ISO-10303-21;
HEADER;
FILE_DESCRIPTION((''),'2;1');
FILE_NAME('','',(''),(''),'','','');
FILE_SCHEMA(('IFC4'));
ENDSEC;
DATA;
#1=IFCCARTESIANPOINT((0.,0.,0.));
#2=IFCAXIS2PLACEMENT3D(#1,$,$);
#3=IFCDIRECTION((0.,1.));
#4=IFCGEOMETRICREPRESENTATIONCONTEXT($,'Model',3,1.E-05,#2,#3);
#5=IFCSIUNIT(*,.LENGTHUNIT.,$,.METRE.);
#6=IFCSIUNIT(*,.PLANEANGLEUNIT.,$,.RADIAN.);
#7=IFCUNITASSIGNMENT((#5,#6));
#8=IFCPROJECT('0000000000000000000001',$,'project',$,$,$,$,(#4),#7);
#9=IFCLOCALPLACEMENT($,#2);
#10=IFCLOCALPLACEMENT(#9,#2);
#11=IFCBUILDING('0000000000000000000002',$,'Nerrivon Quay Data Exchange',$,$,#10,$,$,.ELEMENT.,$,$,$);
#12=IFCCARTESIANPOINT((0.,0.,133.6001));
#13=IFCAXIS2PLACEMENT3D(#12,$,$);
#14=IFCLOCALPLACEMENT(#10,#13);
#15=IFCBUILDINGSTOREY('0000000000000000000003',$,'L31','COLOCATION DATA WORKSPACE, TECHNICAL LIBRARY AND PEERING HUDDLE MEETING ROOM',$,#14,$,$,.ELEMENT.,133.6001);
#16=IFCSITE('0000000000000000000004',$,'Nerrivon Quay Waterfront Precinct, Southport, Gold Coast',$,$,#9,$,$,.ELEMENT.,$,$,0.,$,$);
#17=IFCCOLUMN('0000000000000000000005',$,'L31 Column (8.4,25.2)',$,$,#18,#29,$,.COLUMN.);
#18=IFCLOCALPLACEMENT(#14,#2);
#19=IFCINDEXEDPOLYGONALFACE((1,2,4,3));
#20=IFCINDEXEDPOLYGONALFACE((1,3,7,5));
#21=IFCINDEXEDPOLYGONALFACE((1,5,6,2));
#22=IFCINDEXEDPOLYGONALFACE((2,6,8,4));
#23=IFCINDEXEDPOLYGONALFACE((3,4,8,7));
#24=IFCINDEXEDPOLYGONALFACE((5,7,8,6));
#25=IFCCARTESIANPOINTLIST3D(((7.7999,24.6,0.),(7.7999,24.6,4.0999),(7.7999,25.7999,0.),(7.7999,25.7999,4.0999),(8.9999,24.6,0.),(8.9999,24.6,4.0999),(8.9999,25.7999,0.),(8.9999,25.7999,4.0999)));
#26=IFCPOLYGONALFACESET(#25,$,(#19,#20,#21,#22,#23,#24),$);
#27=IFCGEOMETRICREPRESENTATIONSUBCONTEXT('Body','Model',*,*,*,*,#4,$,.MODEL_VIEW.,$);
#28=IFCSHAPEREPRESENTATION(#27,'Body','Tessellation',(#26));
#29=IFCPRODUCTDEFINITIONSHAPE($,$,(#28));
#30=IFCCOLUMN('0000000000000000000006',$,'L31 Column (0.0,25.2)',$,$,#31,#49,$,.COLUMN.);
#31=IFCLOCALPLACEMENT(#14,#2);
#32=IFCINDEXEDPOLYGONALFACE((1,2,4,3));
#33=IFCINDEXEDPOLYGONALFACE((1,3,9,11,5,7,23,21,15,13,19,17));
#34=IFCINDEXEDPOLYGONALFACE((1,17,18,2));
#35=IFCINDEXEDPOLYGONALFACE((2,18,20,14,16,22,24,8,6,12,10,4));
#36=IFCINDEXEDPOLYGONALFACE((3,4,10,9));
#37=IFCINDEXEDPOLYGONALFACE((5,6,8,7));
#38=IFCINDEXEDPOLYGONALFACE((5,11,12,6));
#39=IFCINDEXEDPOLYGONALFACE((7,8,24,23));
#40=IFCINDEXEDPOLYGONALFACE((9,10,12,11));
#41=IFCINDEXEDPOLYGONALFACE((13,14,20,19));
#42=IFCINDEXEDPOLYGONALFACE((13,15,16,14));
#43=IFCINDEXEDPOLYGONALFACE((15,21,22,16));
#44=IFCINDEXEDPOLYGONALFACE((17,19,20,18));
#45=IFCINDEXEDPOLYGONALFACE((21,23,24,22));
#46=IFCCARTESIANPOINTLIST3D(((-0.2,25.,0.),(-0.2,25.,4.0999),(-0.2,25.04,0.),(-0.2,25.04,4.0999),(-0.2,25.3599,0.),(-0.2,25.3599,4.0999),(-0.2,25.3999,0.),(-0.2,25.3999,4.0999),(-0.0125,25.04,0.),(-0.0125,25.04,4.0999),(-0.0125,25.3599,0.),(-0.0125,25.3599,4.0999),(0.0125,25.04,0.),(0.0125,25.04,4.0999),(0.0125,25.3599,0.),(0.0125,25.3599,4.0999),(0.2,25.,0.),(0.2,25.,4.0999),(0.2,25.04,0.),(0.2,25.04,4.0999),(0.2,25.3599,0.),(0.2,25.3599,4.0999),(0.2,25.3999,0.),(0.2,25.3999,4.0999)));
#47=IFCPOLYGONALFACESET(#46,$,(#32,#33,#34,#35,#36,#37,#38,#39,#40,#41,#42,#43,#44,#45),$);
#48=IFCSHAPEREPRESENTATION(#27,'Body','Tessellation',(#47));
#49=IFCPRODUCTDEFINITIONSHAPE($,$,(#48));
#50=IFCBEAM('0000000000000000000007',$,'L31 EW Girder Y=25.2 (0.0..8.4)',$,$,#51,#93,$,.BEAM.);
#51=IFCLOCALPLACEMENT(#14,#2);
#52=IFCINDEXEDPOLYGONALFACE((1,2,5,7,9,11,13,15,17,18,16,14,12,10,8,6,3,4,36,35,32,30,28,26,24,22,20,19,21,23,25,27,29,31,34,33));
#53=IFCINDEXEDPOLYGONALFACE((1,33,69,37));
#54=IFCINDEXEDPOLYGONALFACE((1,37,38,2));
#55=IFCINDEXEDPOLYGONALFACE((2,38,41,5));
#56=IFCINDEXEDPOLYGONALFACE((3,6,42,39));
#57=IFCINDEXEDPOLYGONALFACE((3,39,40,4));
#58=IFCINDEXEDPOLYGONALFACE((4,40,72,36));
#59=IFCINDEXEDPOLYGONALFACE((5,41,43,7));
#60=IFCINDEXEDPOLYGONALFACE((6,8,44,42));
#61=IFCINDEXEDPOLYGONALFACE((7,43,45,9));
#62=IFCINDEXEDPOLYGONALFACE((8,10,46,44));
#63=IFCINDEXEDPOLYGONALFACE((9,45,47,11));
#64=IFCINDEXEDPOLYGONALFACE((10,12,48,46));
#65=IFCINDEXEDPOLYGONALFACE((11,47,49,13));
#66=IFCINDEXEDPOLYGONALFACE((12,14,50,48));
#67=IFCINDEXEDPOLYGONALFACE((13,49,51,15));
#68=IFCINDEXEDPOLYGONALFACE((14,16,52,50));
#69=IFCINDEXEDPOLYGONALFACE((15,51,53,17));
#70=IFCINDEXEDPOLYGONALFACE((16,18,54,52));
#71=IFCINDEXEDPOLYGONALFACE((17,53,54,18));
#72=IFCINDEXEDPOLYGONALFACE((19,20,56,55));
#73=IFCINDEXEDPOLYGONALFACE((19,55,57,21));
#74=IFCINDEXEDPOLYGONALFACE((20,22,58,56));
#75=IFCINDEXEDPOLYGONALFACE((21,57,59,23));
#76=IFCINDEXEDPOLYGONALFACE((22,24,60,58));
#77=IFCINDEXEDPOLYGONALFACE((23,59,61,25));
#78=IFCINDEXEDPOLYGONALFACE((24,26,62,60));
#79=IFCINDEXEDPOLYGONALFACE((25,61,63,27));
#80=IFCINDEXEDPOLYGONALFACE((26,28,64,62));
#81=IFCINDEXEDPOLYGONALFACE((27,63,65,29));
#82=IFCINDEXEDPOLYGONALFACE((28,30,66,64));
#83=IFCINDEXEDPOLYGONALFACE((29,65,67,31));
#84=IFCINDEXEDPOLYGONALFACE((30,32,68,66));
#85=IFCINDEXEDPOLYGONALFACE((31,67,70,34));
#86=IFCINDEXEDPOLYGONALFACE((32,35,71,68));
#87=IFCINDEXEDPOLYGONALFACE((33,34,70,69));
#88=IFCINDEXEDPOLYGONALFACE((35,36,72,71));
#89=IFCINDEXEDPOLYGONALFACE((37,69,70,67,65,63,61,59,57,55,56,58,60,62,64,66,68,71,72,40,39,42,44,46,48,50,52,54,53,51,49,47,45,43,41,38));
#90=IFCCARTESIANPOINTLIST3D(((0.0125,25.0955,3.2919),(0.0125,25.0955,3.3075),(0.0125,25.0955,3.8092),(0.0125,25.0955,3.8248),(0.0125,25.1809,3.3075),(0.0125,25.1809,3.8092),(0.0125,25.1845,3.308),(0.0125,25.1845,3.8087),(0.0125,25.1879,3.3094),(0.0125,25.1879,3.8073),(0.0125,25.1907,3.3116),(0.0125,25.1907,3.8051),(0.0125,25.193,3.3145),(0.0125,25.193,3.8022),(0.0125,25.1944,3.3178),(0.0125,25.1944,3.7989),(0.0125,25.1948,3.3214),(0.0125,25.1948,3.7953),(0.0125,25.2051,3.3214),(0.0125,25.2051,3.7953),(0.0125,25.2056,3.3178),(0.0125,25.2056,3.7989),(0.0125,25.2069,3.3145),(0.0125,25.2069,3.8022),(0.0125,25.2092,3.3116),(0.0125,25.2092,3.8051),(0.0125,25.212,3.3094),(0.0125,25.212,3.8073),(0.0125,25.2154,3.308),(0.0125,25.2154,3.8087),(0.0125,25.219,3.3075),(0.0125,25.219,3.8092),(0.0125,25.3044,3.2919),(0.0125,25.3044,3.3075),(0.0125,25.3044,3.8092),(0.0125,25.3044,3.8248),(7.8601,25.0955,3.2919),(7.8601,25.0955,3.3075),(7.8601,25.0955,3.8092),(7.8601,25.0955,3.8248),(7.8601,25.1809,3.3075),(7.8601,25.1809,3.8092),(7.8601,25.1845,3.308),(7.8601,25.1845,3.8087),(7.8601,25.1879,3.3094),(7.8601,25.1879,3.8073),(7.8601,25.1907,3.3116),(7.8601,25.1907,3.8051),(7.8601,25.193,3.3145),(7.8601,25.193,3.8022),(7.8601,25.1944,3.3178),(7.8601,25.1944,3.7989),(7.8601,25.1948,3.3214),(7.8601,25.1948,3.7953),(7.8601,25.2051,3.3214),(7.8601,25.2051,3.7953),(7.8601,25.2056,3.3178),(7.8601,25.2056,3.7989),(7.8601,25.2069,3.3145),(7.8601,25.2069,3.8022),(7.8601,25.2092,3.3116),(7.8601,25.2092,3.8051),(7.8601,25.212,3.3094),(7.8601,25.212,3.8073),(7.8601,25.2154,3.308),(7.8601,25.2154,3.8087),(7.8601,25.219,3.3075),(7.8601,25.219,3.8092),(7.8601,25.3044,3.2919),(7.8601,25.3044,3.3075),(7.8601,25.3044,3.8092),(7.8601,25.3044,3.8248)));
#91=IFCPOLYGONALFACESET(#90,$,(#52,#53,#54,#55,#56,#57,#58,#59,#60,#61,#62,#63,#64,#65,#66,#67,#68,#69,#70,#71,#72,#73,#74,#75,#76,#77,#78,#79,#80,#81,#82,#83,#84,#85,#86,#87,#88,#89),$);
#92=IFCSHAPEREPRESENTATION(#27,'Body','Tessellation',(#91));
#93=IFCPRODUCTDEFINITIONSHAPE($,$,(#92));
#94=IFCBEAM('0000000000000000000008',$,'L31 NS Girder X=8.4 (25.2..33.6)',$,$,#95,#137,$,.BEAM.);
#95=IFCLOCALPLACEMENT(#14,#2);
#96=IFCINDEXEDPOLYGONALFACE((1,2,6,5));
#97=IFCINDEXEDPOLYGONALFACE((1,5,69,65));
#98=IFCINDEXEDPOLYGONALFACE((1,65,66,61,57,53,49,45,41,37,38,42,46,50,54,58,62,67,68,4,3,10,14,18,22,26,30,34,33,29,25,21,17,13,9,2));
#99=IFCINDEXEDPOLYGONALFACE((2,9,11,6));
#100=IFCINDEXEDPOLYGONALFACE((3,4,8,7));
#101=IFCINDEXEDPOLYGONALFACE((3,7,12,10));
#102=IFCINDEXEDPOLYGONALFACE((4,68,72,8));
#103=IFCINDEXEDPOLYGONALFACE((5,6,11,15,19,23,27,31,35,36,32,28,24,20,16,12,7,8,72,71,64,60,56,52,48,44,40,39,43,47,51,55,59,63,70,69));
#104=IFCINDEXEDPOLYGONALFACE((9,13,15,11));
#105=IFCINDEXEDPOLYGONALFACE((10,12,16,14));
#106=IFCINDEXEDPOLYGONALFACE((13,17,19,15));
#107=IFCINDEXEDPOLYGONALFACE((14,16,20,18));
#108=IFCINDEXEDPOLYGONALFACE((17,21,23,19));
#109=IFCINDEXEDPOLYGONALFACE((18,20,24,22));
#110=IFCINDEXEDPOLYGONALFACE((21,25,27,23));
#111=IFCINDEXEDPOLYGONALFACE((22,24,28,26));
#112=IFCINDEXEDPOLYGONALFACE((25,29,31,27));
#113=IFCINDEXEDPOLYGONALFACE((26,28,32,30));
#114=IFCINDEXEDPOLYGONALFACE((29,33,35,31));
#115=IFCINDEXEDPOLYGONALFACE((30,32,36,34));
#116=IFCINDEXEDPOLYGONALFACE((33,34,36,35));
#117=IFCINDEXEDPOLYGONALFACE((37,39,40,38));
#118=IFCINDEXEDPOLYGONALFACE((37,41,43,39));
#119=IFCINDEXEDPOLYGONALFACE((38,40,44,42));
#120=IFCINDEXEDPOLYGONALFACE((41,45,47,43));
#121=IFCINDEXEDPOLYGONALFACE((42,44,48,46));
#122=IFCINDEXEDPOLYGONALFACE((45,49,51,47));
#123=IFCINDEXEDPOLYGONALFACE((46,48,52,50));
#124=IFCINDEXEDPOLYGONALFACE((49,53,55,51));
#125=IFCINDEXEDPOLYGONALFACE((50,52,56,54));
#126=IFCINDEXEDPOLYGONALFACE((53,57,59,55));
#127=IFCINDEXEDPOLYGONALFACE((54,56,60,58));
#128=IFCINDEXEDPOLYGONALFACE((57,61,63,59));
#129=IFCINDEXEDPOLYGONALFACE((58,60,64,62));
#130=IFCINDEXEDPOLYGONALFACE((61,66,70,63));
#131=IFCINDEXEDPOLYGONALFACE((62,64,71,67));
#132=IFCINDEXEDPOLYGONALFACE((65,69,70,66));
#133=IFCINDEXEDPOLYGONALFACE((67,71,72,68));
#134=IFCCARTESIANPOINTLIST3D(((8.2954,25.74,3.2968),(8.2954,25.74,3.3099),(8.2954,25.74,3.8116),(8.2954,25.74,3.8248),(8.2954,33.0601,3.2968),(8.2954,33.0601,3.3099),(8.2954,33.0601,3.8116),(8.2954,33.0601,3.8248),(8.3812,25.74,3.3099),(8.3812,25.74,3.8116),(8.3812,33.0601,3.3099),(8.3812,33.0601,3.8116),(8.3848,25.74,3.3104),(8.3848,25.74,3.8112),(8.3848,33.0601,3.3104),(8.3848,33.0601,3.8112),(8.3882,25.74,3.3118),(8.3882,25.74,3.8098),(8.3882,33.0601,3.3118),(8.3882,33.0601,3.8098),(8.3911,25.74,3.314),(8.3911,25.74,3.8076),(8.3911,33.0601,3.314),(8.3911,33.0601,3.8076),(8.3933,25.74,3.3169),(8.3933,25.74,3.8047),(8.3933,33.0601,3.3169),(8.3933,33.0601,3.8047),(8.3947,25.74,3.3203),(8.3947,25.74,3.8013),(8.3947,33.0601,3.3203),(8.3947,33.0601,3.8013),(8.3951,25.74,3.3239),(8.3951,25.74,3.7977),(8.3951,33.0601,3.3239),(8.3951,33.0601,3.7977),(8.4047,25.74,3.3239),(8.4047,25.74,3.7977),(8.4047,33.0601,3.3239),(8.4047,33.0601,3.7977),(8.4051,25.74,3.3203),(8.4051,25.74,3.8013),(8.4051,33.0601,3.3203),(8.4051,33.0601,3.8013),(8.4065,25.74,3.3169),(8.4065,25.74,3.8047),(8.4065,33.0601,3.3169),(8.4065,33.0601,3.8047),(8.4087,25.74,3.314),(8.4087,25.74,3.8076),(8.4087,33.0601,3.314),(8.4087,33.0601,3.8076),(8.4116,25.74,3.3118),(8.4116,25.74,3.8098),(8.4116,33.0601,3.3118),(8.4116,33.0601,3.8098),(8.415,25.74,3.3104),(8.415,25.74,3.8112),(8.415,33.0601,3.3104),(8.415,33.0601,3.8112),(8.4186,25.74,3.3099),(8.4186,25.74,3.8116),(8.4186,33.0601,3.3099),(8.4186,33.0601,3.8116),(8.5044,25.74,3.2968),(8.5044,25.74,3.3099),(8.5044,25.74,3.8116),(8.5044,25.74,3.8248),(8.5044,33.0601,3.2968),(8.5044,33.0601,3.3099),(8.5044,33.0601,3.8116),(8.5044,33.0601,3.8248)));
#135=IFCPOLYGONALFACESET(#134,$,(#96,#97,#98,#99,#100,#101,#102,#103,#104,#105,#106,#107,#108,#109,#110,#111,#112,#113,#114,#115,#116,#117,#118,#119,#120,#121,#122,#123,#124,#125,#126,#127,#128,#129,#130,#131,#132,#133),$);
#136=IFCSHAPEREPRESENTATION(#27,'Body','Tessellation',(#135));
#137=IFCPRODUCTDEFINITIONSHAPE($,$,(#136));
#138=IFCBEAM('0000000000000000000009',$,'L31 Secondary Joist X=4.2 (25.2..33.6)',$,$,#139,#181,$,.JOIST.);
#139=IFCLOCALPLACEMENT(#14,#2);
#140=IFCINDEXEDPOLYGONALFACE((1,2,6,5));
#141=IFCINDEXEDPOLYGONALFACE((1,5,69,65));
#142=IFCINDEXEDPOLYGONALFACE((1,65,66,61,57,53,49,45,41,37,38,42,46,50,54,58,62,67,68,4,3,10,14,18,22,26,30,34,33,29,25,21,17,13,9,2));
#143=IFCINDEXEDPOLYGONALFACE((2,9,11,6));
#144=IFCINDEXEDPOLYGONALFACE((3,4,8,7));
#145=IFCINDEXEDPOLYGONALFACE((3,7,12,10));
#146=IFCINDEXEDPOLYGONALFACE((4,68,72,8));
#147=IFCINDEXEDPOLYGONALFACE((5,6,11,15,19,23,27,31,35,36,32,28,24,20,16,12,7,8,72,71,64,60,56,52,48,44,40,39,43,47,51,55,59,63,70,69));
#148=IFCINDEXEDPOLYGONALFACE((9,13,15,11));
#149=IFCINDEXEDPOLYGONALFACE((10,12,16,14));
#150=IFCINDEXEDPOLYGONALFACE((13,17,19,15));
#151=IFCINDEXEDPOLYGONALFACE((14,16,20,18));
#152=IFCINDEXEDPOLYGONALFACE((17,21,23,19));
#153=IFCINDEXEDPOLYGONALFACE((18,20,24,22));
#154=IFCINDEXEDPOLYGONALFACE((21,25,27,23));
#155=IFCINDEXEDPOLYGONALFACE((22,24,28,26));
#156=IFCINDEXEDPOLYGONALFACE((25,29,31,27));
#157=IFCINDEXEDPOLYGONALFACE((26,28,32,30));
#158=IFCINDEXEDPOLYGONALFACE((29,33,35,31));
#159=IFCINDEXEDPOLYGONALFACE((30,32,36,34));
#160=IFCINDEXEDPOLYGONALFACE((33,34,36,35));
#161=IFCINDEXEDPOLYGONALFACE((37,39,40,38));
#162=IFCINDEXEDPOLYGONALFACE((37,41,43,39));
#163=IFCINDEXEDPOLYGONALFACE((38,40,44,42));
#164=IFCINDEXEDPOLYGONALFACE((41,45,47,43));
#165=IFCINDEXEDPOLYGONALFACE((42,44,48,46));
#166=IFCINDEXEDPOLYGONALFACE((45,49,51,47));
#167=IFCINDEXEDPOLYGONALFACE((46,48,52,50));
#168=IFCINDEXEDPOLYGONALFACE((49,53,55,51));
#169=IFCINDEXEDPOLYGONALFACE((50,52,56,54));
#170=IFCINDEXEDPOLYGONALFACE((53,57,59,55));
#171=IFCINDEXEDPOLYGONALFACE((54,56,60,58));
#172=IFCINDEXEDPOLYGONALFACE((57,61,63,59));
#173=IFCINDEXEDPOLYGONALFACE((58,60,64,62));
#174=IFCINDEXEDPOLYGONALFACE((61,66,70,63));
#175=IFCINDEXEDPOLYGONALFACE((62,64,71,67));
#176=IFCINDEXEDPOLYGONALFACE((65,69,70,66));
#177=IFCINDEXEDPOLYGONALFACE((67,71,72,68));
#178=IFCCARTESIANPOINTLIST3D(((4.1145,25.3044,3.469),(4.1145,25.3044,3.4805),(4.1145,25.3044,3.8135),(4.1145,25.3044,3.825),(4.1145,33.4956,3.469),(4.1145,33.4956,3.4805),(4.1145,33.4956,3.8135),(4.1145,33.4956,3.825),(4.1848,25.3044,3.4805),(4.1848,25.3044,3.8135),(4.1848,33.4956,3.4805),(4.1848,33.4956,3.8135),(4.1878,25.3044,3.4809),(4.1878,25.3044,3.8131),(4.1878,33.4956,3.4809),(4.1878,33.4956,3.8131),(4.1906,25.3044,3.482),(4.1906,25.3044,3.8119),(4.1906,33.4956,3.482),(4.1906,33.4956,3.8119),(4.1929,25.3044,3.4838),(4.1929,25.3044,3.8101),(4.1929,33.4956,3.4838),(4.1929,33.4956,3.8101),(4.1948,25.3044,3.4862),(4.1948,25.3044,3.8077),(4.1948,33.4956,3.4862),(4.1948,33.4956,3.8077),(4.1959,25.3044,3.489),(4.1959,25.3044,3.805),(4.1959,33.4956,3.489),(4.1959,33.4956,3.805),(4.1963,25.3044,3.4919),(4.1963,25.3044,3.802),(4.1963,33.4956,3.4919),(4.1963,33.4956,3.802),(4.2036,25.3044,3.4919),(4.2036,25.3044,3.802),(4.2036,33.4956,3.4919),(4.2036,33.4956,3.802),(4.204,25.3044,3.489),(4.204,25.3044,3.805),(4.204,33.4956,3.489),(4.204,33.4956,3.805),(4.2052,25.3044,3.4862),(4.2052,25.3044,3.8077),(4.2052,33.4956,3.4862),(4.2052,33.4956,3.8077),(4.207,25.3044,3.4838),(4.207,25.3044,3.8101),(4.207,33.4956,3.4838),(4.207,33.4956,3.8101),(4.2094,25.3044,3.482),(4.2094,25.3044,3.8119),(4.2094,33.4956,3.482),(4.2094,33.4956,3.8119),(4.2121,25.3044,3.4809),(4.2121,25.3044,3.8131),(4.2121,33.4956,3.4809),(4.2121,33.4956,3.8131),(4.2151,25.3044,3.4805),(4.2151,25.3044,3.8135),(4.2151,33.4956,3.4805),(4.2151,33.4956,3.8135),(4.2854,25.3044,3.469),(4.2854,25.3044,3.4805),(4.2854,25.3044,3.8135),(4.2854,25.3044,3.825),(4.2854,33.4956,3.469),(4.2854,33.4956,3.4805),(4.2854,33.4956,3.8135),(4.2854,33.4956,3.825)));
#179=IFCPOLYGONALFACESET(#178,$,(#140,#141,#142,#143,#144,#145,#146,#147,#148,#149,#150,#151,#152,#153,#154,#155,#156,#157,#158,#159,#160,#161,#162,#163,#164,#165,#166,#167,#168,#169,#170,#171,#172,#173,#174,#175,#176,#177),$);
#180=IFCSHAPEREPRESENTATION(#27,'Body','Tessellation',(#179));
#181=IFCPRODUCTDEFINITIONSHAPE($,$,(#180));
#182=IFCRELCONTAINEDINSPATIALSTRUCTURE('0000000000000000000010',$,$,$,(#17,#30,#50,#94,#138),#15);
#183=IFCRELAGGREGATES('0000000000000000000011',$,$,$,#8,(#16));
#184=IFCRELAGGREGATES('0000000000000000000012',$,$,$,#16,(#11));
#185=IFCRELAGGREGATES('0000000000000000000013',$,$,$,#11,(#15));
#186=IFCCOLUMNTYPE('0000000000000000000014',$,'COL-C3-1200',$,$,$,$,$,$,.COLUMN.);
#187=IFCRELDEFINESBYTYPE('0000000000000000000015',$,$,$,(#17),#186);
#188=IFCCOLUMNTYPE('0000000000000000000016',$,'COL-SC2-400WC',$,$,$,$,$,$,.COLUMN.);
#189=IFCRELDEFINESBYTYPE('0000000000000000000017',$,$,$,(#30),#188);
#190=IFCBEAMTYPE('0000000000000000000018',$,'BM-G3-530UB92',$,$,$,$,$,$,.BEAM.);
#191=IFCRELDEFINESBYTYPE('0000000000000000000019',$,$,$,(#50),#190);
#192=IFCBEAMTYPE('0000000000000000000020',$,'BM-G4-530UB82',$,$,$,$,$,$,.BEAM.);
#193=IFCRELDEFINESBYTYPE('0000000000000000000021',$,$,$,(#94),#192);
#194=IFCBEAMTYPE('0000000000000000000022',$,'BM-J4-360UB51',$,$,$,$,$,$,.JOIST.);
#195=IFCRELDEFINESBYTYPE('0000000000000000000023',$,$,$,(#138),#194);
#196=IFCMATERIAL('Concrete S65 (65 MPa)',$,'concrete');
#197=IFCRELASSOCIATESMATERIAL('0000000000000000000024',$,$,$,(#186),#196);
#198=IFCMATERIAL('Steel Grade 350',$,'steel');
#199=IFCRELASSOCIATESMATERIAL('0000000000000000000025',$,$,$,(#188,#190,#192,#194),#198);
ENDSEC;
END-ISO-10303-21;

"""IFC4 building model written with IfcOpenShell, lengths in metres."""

from ifc_helpers import new_model, si_unit, direction, frame, origin, origin_2d, place, context, subcontext, project, spatial, rectangle, i_section, extrude, material, material_profile, profile_set, type_object, element, save


model = new_model("IFC4")

# Units and contexts
model_context = context("Model", 3, precision=1e-05, world=origin(), true_north=direction((0.0, 1.0)))
body_context = subcontext(model_context, "Body", "Model", "MODEL_VIEW")
ifc_project = project(units=[si_unit("LENGTHUNIT", "METRE"), si_unit("PLANEANGLEUNIT", "RADIAN")], contexts=[model_context])

# Site, building, storey
site_placement = place(None, origin())
site = spatial("IfcSite", under=ifc_project, at=site_placement, Name="Nerrivon Quay Waterfront Precinct, Southport, Gold Coast", CompositionType="ELEMENT", RefElevation=0.0)
building_placement = place(site_placement, origin())
building = spatial("IfcBuilding", under=site, at=building_placement, Name="Nerrivon Quay Data Exchange", CompositionType="ELEMENT")
storey_placement = place(building_placement, frame((0.0, 0.0, 133.6001)))
storey = spatial("IfcBuildingStorey", under=building, at=storey_placement, Name="L31", Description="COLOCATION DATA WORKSPACE, TECHNICAL LIBRARY AND PEERING HUDDLE MEETING ROOM", CompositionType="ELEMENT", Elevation=133.6001)

# Columns
ifc_material_1 = material(Name="Concrete S65 (65 MPa)", Category="concrete")
ifc_material_profile_1 = material_profile(ifc_material_1, rectangle(XDim=1.2, YDim=1.2, at=origin_2d()), Name="RC-COL-1200x1200")
ifc_profile_set_1 = profile_set([ifc_material_profile_1], Name="Concrete S65 (65 MPa)")
column_type_1 = type_object("IfcColumnType", Name="COL-C3-1200", PredefinedType="COLUMN", material=ifc_profile_set_1)
column_1_placement = place(storey_placement, frame((8.3999, 25.2, 0.0), z_axis=(0.0, 0.0, 1.0), x_axis=(1.0, 0.0, 0.0)))
element("IfcColumn", 1, at=column_1_placement, inside=storey, type_object=column_type_1, Name="L31 Column (8.4,25.2)", PredefinedType="COLUMN", context=body_context, shape_type="SweptSolid", body=[
    extrude(rectangle(XDim=1.2, YDim=1.2, at=origin_2d()), origin(), (0.0, 0.0, 1.0), 4.0999),
])
ifc_material_2 = material(Name="Steel Grade 350", Category="steel")
ifc_material_profile_2 = material_profile(ifc_material_2, i_section(OverallWidth=0.3999, OverallDepth=0.3999, WebThickness=0.0249, FlangeThickness=0.04, at=origin_2d()), Name="400WC328")
ifc_profile_set_2 = profile_set([ifc_material_profile_2], Name="Steel Grade 350")
column_type_2 = type_object("IfcColumnType", Name="COL-SC2-400WC", PredefinedType="COLUMN", material=ifc_profile_set_2)
column_2_placement = place(storey_placement, frame((0.0, 25.2, 0.0), z_axis=(0.0, 0.0, 1.0), x_axis=(1.0, 0.0, 0.0)))
element("IfcColumn", 2, at=column_2_placement, inside=storey, type_object=column_type_2, Name="L31 Column (0.0,25.2)", PredefinedType="COLUMN", context=body_context, shape_type="SweptSolid", body=[
    extrude(i_section(OverallWidth=0.3999, OverallDepth=0.3999, WebThickness=0.0249, FlangeThickness=0.04, at=origin_2d()), origin(), (0.0, 0.0, 1.0), 4.0999),
])

# Beams
ifc_material_profile_3 = material_profile(ifc_material_2, i_section(OverallWidth=0.209, OverallDepth=0.533, WebThickness=0.0103, FlangeThickness=0.0156, FilletRadius=0.0139, at=origin_2d()), Name="530UB92.4")
ifc_profile_set_3 = profile_set([ifc_material_profile_3], Name="Steel Grade 350")
beam_type_1 = type_object("IfcBeamType", Name="BM-G3-530UB92", PredefinedType="BEAM", material=ifc_profile_set_3)
beam_1_placement = place(storey_placement, frame((0.0125, 25.2, 3.5583), z_axis=(1.0, 0.0, 0.0), x_axis=(0.0, 1.0, 0.0)))
element("IfcBeam", 3, at=beam_1_placement, inside=storey, type_object=beam_type_1, Name="L31 EW Girder Y=25.2 (0.0..8.4)", PredefinedType="BEAM", context=body_context, shape_type="SweptSolid", body=[
    extrude(i_section(OverallWidth=0.209, OverallDepth=0.533, WebThickness=0.0103, FlangeThickness=0.0156, FilletRadius=0.0139, at=origin_2d()), origin(), (0.0, 0.0, 1.0), 7.8477),
])
ifc_material_profile_4 = material_profile(ifc_material_2, i_section(OverallWidth=0.209, OverallDepth=0.5281, WebThickness=0.0095, FlangeThickness=0.0132, FilletRadius=0.0139, at=origin_2d()), Name="530UB82.0")
ifc_profile_set_4 = profile_set([ifc_material_profile_4], Name="Steel Grade 350")
beam_type_2 = type_object("IfcBeamType", Name="BM-G4-530UB82", PredefinedType="BEAM", material=ifc_profile_set_4)
beam_2_placement = place(storey_placement, frame((8.3999, 25.74, 3.5608), z_axis=(0.0, 1.0, 0.0), x_axis=(-1.0, 0.0, 0.0)))
element("IfcBeam", 4, at=beam_2_placement, inside=storey, type_object=beam_type_2, Name="L31 NS Girder X=8.4 (25.2..33.6)", PredefinedType="BEAM", context=body_context, shape_type="SweptSolid", body=[
    extrude(i_section(OverallWidth=0.209, OverallDepth=0.5281, WebThickness=0.0095, FlangeThickness=0.0132, FilletRadius=0.0139, at=origin_2d()), origin(), (0.0, 0.0, 1.0), 7.3201),
])
ifc_material_profile_5 = material_profile(ifc_material_2, i_section(OverallWidth=0.1709, OverallDepth=0.356, WebThickness=0.0073, FlangeThickness=0.0115, FilletRadius=0.0115, at=origin_2d()), Name="360UB50.7")
ifc_profile_set_5 = profile_set([ifc_material_profile_5], Name="Steel Grade 350")
beam_type_3 = type_object("IfcBeamType", Name="BM-J4-360UB51", PredefinedType="JOIST", material=ifc_profile_set_5)
beam_3_placement = place(storey_placement, frame((4.2, 25.3044, 3.647), z_axis=(0.0, 1.0, 0.0), x_axis=(-1.0, 0.0, 0.0)))
element("IfcBeam", 5, at=beam_3_placement, inside=storey, type_object=beam_type_3, Name="L31 Secondary Joist X=4.2 (25.2..33.6)", PredefinedType="JOIST", context=body_context, shape_type="SweptSolid", body=[
    extrude(i_section(OverallWidth=0.1709, OverallDepth=0.356, WebThickness=0.0073, FlangeThickness=0.0115, FilletRadius=0.0115, at=origin_2d()), origin(), (0.0, 0.0, 1.0), 8.1912),
])

save(model, "model.ifc")
